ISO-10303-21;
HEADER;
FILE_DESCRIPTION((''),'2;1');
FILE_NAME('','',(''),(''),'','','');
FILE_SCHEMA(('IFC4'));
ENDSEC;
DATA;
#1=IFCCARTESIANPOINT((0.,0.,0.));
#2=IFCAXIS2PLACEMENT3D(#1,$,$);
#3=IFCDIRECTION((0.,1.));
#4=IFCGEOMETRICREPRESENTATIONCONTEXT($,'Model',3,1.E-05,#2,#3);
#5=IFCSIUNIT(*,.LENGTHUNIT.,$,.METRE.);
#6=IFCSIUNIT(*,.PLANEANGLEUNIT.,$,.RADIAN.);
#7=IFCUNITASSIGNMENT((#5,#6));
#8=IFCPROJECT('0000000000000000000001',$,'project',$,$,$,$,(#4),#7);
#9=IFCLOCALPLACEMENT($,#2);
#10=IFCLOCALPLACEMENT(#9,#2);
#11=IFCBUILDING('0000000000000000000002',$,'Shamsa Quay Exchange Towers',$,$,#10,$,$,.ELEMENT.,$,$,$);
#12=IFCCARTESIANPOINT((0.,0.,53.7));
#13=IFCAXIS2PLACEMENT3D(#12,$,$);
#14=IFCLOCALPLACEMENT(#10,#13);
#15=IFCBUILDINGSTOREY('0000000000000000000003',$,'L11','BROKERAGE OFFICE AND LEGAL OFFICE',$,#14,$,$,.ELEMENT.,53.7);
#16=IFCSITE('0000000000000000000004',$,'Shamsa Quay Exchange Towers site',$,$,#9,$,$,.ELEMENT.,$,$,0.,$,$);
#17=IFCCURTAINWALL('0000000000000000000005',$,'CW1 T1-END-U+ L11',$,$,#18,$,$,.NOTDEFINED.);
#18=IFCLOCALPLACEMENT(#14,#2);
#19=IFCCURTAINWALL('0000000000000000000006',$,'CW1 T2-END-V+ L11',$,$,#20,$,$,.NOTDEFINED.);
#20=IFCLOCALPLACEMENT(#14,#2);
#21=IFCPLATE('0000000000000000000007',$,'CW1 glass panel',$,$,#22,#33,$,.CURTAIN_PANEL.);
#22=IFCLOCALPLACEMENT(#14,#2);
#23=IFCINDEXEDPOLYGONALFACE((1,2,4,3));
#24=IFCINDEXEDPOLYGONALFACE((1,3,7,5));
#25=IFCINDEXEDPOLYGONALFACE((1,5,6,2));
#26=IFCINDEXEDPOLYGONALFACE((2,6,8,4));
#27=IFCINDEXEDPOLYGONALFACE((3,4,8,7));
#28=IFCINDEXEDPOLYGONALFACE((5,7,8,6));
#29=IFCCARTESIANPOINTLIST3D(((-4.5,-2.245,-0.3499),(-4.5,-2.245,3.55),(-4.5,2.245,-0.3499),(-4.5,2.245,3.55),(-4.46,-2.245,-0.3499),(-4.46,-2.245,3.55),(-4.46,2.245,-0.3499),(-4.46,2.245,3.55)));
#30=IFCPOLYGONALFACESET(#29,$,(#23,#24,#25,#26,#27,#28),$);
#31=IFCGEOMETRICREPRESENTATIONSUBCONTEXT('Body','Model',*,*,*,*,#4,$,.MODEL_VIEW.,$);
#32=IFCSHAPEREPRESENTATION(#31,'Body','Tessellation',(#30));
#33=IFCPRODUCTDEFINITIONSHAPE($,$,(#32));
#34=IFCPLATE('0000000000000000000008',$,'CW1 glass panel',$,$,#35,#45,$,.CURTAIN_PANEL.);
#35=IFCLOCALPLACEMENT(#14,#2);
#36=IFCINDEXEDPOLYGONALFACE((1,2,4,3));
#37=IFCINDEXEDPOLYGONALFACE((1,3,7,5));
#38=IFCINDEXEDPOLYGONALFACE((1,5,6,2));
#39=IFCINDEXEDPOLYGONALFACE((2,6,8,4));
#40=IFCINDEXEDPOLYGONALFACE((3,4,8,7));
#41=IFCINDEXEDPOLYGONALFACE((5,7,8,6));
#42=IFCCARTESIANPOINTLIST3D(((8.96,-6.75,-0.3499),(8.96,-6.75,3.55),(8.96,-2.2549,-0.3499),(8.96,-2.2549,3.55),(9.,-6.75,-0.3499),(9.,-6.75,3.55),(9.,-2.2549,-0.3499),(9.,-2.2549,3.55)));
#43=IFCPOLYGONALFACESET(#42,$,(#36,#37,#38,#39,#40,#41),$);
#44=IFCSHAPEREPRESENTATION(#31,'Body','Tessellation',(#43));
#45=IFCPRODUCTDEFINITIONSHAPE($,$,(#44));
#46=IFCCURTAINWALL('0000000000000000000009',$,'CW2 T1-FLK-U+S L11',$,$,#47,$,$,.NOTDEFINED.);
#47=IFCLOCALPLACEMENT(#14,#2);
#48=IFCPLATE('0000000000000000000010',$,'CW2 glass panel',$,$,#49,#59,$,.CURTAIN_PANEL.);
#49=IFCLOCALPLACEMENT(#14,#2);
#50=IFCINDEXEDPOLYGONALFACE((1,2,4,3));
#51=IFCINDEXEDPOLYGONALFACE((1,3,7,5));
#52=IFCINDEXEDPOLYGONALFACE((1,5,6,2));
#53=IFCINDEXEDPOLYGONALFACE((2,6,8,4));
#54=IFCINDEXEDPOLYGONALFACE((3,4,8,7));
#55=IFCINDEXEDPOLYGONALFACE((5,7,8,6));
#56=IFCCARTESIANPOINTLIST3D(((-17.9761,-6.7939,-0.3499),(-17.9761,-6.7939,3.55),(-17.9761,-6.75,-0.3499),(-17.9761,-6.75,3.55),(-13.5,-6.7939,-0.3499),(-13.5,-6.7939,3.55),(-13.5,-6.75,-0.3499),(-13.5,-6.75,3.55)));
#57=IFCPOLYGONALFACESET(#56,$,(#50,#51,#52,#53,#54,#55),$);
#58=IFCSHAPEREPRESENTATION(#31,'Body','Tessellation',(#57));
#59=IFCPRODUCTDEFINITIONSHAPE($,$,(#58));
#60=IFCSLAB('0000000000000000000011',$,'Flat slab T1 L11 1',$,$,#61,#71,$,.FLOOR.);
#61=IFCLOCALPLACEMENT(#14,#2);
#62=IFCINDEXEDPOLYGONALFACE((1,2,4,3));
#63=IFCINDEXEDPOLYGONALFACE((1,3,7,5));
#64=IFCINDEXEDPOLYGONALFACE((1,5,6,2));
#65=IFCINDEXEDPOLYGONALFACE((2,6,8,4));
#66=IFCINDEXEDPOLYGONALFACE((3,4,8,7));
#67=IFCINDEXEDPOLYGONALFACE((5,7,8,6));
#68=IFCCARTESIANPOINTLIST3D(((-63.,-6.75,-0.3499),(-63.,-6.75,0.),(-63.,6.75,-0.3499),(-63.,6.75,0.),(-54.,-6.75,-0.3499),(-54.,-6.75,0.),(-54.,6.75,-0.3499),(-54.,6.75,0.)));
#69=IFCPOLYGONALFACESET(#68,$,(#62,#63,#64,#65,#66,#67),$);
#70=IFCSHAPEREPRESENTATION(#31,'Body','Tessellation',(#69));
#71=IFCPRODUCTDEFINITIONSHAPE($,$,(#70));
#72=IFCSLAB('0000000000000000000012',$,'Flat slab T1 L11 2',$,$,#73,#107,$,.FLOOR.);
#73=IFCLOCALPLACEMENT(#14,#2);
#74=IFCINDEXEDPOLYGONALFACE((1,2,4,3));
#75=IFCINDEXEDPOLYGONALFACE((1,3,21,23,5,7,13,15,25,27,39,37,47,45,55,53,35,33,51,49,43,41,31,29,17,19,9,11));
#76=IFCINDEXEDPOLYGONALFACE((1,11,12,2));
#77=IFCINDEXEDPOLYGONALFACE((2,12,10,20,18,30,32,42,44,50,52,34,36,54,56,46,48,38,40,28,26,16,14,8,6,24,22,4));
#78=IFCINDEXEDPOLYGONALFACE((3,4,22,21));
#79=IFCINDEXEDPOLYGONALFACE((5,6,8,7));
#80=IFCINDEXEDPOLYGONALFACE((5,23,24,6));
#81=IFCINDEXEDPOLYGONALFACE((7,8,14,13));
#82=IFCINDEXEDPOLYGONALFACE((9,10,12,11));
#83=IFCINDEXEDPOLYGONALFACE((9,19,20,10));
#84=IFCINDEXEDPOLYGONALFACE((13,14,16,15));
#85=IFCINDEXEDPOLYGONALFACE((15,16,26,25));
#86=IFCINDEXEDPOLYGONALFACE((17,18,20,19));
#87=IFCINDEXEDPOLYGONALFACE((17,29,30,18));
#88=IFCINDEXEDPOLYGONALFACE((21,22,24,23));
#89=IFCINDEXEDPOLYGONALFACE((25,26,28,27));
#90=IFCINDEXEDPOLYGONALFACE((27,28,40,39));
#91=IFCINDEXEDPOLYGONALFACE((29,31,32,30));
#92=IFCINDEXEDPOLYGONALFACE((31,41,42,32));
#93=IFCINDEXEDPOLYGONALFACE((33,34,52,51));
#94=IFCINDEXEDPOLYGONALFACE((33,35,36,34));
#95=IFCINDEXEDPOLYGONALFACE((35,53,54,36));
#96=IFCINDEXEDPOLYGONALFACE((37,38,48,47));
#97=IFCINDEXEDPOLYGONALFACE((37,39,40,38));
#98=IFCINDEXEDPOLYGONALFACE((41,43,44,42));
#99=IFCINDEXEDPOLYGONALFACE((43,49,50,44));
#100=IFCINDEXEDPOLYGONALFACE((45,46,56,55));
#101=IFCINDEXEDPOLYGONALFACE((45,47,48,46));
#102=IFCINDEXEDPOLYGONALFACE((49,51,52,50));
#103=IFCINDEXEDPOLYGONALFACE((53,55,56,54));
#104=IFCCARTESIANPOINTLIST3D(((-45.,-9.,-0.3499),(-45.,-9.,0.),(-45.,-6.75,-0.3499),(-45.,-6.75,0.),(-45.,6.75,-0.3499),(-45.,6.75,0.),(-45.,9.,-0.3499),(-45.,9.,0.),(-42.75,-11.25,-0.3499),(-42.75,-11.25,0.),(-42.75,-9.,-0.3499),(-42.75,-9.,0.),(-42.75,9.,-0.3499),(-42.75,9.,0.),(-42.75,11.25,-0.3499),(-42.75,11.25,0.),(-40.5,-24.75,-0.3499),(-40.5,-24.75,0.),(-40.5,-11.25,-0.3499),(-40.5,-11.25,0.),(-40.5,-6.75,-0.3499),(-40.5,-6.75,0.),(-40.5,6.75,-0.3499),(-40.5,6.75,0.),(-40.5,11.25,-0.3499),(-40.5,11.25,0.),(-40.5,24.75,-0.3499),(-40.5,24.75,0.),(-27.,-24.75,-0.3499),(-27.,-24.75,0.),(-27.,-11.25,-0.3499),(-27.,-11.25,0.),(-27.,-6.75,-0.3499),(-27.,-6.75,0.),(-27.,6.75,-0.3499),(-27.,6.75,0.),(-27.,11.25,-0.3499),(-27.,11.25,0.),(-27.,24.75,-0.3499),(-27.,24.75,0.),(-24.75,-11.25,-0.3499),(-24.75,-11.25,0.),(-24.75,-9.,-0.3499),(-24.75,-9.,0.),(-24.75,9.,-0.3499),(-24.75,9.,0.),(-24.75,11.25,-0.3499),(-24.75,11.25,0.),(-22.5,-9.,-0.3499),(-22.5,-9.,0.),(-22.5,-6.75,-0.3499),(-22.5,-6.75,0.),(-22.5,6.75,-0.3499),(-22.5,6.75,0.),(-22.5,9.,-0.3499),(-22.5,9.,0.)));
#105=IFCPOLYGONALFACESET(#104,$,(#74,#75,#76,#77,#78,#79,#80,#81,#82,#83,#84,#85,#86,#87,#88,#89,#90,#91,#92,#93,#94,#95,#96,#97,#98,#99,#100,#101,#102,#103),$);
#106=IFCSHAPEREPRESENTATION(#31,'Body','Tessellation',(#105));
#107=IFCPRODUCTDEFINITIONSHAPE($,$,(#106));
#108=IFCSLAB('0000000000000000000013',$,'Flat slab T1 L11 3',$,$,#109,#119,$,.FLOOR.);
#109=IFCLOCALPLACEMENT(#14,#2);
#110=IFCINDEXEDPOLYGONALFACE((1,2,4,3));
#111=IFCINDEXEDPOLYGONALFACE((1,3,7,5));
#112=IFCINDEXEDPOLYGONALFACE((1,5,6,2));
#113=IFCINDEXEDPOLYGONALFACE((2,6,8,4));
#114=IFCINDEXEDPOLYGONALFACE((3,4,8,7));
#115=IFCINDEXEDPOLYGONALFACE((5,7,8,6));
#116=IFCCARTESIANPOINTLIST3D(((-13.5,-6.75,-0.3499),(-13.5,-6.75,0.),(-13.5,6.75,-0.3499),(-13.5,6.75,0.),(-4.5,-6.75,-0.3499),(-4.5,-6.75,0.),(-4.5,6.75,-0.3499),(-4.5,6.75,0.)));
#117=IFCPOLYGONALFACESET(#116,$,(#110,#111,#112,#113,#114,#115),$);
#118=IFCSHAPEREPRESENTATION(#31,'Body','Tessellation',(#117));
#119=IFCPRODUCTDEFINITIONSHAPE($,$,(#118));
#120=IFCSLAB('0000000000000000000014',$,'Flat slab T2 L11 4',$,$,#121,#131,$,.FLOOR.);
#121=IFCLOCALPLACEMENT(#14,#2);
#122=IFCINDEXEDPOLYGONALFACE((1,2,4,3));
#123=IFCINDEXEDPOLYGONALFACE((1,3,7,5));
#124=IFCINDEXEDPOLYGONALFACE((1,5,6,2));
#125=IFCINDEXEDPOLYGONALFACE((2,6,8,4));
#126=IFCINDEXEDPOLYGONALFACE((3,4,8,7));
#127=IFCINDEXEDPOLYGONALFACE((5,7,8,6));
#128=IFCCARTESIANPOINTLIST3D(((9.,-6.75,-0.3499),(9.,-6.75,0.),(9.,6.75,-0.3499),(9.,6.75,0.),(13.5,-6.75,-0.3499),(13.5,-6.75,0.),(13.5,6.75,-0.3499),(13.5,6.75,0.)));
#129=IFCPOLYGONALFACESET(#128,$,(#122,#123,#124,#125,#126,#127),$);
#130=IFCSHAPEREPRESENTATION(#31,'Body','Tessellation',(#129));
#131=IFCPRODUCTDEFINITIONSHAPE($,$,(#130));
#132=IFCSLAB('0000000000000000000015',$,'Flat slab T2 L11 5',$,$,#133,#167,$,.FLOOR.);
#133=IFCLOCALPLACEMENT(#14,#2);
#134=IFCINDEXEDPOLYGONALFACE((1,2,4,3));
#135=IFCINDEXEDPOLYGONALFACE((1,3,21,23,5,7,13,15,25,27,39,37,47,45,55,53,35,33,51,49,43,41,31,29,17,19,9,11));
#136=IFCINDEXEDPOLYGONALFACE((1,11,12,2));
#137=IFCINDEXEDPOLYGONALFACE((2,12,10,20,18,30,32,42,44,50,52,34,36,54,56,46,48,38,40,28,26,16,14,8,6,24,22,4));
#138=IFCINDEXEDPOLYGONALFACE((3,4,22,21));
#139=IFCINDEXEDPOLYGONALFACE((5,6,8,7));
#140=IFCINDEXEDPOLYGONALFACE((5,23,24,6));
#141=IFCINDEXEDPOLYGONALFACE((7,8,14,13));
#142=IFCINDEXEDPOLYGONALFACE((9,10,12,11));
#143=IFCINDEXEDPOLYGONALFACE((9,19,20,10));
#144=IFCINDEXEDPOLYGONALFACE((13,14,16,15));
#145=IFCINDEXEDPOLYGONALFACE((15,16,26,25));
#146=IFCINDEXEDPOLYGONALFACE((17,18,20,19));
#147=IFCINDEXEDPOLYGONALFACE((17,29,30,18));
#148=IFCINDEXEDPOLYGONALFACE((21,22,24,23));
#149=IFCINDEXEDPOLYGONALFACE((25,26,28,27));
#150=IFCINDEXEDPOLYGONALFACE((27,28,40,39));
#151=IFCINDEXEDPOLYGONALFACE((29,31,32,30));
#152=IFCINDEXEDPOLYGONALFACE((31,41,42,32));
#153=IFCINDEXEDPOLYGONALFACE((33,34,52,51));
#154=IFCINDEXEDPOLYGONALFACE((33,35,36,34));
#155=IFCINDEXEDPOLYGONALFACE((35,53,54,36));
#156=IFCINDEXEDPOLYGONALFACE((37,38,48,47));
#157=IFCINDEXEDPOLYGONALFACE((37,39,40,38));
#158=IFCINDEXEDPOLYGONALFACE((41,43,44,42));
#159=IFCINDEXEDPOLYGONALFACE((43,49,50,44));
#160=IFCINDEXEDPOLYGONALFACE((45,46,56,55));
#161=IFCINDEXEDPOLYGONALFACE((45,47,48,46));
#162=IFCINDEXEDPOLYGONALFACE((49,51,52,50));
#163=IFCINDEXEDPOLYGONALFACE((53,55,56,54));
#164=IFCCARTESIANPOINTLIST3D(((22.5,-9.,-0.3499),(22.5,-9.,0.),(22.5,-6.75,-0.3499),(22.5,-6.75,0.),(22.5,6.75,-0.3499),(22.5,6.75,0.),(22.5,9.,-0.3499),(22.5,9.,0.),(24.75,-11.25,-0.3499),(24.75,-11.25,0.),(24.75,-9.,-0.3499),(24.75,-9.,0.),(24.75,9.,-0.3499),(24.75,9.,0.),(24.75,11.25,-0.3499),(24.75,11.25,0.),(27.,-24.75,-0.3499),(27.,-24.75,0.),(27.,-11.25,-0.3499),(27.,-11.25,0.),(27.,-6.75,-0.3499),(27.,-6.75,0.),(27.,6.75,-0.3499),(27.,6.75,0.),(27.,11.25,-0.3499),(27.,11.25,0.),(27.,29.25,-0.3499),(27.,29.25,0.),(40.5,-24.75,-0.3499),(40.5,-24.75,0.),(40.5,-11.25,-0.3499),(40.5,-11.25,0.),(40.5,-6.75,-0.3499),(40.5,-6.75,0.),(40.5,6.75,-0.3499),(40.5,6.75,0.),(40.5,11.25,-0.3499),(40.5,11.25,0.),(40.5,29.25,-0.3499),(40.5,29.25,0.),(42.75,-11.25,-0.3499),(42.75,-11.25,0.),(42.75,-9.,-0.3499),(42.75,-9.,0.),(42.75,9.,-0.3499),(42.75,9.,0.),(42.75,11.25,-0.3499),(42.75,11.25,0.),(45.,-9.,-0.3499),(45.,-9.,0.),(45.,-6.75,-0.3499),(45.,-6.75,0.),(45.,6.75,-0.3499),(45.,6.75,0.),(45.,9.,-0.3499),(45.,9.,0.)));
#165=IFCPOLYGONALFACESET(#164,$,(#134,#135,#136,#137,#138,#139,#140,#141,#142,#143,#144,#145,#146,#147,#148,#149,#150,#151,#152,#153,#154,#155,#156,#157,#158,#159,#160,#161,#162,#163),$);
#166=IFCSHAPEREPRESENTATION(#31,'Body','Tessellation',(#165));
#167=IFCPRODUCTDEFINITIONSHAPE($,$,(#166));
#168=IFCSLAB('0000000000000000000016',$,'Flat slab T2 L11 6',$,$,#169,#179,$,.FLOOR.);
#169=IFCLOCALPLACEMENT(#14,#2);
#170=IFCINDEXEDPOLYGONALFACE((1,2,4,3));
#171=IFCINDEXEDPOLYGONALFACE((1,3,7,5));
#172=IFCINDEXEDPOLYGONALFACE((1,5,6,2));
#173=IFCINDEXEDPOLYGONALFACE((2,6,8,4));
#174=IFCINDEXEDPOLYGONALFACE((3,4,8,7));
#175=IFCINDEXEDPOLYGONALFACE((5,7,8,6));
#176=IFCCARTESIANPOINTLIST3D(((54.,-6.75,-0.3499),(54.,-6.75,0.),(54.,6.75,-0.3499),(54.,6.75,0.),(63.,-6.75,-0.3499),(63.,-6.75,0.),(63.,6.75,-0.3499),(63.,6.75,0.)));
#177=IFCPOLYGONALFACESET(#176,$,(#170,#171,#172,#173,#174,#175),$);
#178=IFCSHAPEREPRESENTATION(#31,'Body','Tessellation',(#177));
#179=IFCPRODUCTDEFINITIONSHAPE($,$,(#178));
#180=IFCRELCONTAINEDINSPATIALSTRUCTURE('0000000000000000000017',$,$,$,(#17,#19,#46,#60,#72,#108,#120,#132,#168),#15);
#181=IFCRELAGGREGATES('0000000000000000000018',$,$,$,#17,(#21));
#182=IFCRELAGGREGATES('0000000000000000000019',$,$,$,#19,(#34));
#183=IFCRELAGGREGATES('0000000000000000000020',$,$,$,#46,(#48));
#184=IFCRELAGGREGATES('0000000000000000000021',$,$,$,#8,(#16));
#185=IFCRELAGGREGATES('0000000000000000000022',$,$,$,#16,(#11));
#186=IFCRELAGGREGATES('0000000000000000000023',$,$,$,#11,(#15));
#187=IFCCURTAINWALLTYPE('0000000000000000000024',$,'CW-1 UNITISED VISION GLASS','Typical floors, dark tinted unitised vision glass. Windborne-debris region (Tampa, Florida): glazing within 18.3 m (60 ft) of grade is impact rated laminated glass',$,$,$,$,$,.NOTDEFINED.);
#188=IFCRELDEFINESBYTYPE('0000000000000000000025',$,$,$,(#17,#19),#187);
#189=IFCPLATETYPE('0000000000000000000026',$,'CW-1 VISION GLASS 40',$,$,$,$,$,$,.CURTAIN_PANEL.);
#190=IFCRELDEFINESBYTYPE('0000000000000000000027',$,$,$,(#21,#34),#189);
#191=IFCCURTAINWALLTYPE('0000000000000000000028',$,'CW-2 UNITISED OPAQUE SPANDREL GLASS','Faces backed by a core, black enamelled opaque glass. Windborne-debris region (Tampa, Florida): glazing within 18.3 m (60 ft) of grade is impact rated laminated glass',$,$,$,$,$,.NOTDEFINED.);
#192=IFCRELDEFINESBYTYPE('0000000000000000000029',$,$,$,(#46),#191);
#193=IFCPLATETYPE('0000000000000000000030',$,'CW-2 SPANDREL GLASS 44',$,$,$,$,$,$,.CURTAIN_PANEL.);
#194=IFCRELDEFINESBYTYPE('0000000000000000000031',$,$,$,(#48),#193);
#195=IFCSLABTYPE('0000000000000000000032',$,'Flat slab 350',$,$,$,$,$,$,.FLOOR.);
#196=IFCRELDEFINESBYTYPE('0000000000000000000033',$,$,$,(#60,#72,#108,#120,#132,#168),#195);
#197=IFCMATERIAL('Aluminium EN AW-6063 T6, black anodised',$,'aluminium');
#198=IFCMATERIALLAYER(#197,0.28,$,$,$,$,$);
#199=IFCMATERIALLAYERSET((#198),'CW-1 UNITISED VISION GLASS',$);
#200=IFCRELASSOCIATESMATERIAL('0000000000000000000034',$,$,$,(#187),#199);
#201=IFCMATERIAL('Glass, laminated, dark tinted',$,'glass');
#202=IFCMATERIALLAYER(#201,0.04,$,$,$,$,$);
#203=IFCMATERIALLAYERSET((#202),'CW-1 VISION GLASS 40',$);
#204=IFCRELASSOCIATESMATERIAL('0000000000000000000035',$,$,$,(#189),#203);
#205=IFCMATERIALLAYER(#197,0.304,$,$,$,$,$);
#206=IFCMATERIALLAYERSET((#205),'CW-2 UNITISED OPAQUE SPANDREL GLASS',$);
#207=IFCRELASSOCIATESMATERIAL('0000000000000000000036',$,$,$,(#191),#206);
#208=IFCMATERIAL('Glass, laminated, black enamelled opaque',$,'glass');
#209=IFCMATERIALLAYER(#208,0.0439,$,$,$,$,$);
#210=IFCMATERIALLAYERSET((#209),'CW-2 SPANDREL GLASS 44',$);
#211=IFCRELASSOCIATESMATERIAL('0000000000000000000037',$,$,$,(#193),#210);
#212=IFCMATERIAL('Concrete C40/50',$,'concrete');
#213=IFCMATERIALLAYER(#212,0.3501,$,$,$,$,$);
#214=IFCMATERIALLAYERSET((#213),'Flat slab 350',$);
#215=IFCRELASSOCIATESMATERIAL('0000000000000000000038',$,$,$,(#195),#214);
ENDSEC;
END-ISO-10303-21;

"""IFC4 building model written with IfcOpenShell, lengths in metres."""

from ifc_helpers import new_model, si_unit, direction, frame, origin, origin_2d, place, context, subcontext, project, spatial, polyline, rectangle, outline, extrude, material, layer, layer_set, type_object, element, aggregate, save


model = new_model("IFC4")

# Units and contexts
model_context = context("Model", 3, precision=1e-05, world=origin(), true_north=direction((0.0, 1.0)))
body_context = subcontext(model_context, "Body", "Model", "MODEL_VIEW")
ifc_project = project(units=[si_unit("LENGTHUNIT", "METRE"), si_unit("PLANEANGLEUNIT", "RADIAN")], contexts=[model_context])

# Site, building, storey
site_placement = place(None, origin())
site = spatial("IfcSite", under=ifc_project, at=site_placement, Name="Shamsa Quay Exchange Towers site", CompositionType="ELEMENT", RefElevation=0.0)
building_placement = place(site_placement, origin())
building = spatial("IfcBuilding", under=site, at=building_placement, Name="Shamsa Quay Exchange Towers", CompositionType="ELEMENT")
storey_placement = place(building_placement, frame((0.0, 0.0, 53.7)))
storey = spatial("IfcBuildingStorey", under=building, at=storey_placement, Name="L11", Description="BROKERAGE OFFICE AND LEGAL OFFICE", CompositionType="ELEMENT", Elevation=53.7)

# Curtain walls
ifc_material_1 = material(Name="Aluminium EN AW-6063 T6, black anodised", Category="aluminium")
ifc_layer_1 = layer(ifc_material_1, 0.28)
ifc_layer_set_1 = layer_set([ifc_layer_1], Name="CW-1 UNITISED VISION GLASS")
curtain_wall_type_1 = type_object("IfcCurtainWallType", Name="CW-1 UNITISED VISION GLASS", Description="Typical floors, dark tinted unitised vision glass. Windborne-debris region (Tampa, Florida): glazing within 18.3 m (60 ft) of grade is impact rated laminated glass", PredefinedType="NOTDEFINED", material=ifc_layer_set_1)
curtain_wall_1_placement = place(storey_placement, origin())
curtain_wall_1 = element("IfcCurtainWall", 1, at=curtain_wall_1_placement, inside=storey, type_object=curtain_wall_type_1, Name="CW1 T1-END-U+ L11", PredefinedType="NOTDEFINED")
curtain_wall_2_placement = place(storey_placement, origin())
curtain_wall_2 = element("IfcCurtainWall", 2, at=curtain_wall_2_placement, inside=storey, type_object=curtain_wall_type_1, Name="CW1 T2-END-V+ L11", PredefinedType="NOTDEFINED")

# Shared definitions
ifc_material_2 = material(Name="Glass, laminated, dark tinted", Category="glass")
ifc_layer_2 = layer(ifc_material_2, 0.04)
ifc_layer_set_2 = layer_set([ifc_layer_2], Name="CW-1 VISION GLASS 40")
plate_type_1 = type_object("IfcPlateType", Name="CW-1 VISION GLASS 40", PredefinedType="CURTAIN_PANEL", material=ifc_layer_set_2)

# Plates
plate_1_placement = place(storey_placement, frame((-4.48, 0.0, -0.3499), z_axis=(0.0, 0.0, 1.0), x_axis=(0.0, 1.0, 0.0)))
plate_1 = element("IfcPlate", 3, at=plate_1_placement, type_object=plate_type_1, Name="CW1 glass panel", PredefinedType="CURTAIN_PANEL", context=body_context, shape_type="SweptSolid", body=[
    extrude(rectangle(XDim=4.49, YDim=0.04, at=origin_2d()), origin(), (0.0, 0.0, 1.0), 3.8999),
])
aggregate(curtain_wall_1, [plate_1])
plate_2_placement = place(storey_placement, frame((8.98, -4.5024, -0.3499), z_axis=(0.0, 0.0, 1.0), x_axis=(0.0, -1.0, 0.0)))
plate_2 = element("IfcPlate", 4, at=plate_2_placement, type_object=plate_type_1, Name="CW1 glass panel", PredefinedType="CURTAIN_PANEL", context=body_context, shape_type="SweptSolid", body=[
    extrude(rectangle(XDim=4.4951, YDim=0.04, at=origin_2d()), origin(), (0.0, 0.0, 1.0), 3.8999),
])
aggregate(curtain_wall_2, [plate_2])

# Curtain wall, plate
ifc_layer_3 = layer(ifc_material_1, 0.304)
ifc_layer_set_3 = layer_set([ifc_layer_3], Name="CW-2 UNITISED OPAQUE SPANDREL GLASS")
curtain_wall_type_2 = type_object("IfcCurtainWallType", Name="CW-2 UNITISED OPAQUE SPANDREL GLASS", Description="Faces backed by a core, black enamelled opaque glass. Windborne-debris region (Tampa, Florida): glazing within 18.3 m (60 ft) of grade is impact rated laminated glass", PredefinedType="NOTDEFINED", material=ifc_layer_set_3)
curtain_wall_3_placement = place(storey_placement, origin())
curtain_wall_3 = element("IfcCurtainWall", 5, at=curtain_wall_3_placement, inside=storey, type_object=curtain_wall_type_2, Name="CW2 T1-FLK-U+S L11", PredefinedType="NOTDEFINED")
ifc_material_3 = material(Name="Glass, laminated, black enamelled opaque", Category="glass")
ifc_layer_4 = layer(ifc_material_3, 0.0439)
ifc_layer_set_4 = layer_set([ifc_layer_4], Name="CW-2 SPANDREL GLASS 44")
plate_type_2 = type_object("IfcPlateType", Name="CW-2 SPANDREL GLASS 44", PredefinedType="CURTAIN_PANEL", material=ifc_layer_set_4)
plate_3_placement = place(storey_placement, frame((-15.738, -6.772, -0.3499)))
plate_3 = element("IfcPlate", 6, at=plate_3_placement, type_object=plate_type_2, Name="CW2 glass panel", PredefinedType="CURTAIN_PANEL", context=body_context, shape_type="SweptSolid", body=[
    extrude(rectangle(XDim=4.4761, YDim=0.0439, at=origin_2d()), origin(), (0.0, 0.0, 1.0), 3.8999),
])
aggregate(curtain_wall_3, [plate_3])

# Slabs
ifc_material_4 = material(Name="Concrete C40/50", Category="concrete")
ifc_layer_5 = layer(ifc_material_4, 0.3501)
ifc_layer_set_5 = layer_set([ifc_layer_5], Name="Flat slab 350")
slab_type_1 = type_object("IfcSlabType", Name="Flat slab 350", PredefinedType="FLOOR", material=ifc_layer_set_5)
slab_1_placement = place(storey_placement, frame((0.0, 0.0, -0.3499)))
element("IfcSlab", 7, at=slab_1_placement, inside=storey, type_object=slab_type_1, Name="Flat slab T1 L11 1", PredefinedType="FLOOR", context=body_context, shape_type="SweptSolid", body=[
    extrude(outline(polyline([(-63.0, -6.75), (-54.0, -6.75), (-54.0, 6.75), (-63.0, 6.75), (-63.0, -6.75)])), origin(), (0.0, 0.0, 1.0), 0.3499),
])
slab_2_placement = place(storey_placement, frame((0.0, 0.0, -0.3499)))
element("IfcSlab", 8, at=slab_2_placement, inside=storey, type_object=slab_type_1, Name="Flat slab T1 L11 2", PredefinedType="FLOOR", context=body_context, shape_type="SweptSolid", body=[
    extrude(outline(polyline([(-22.5, -9.0), (-22.5, -6.75), (-27.0, -6.75), (-27.0, 6.75), (-22.5, 6.75), (-22.5, 9.0), (-24.75, 9.0), (-24.75, 11.25), (-27.0, 11.25), (-27.0, 24.75), (-40.5, 24.75), (-40.5, 11.25), (-42.75, 11.25), (-42.75, 9.0), (-45.0, 9.0), (-45.0, 6.75), (-40.5, 6.75), (-40.5, -6.75), (-45.0, -6.75), (-45.0, -9.0), (-42.75, -9.0), (-42.75, -11.25), (-40.5, -11.25), (-40.5, -24.75), (-27.0, -24.75), (-27.0, -11.25), (-24.75, -11.25), (-24.75, -9.0), (-22.5, -9.0)])), origin(), (0.0, 0.0, 1.0), 0.3499),
])
slab_3_placement = place(storey_placement, frame((0.0, 0.0, -0.3499)))
element("IfcSlab", 9, at=slab_3_placement, inside=storey, type_object=slab_type_1, Name="Flat slab T1 L11 3", PredefinedType="FLOOR", context=body_context, shape_type="SweptSolid", body=[
    extrude(outline(polyline([(-4.5, 6.75), (-13.5, 6.75), (-13.5, -6.75), (-4.5, -6.75), (-4.5, 6.75)])), origin(), (0.0, 0.0, 1.0), 0.3499),
])
slab_4_placement = place(storey_placement, frame((0.0, 0.0, -0.3499)))
element("IfcSlab", 10, at=slab_4_placement, inside=storey, type_object=slab_type_1, Name="Flat slab T2 L11 4", PredefinedType="FLOOR", context=body_context, shape_type="SweptSolid", body=[
    extrude(outline(polyline([(9.0, -6.75), (13.5, -6.75), (13.5, 6.75), (9.0, 6.75), (9.0, -6.75)])), origin(), (0.0, 0.0, 1.0), 0.3499),
])
slab_5_placement = place(storey_placement, frame((0.0, 0.0, -0.3499)))
element("IfcSlab", 11, at=slab_5_placement, inside=storey, type_object=slab_type_1, Name="Flat slab T2 L11 5", PredefinedType="FLOOR", context=body_context, shape_type="SweptSolid", body=[
    extrude(outline(polyline([(45.0, -9.0), (45.0, -6.75), (40.5, -6.75), (40.5, 6.75), (45.0, 6.75), (45.0, 9.0), (42.75, 9.0), (42.75, 11.25), (40.5, 11.25), (40.5, 29.25), (27.0, 29.25), (27.0, 11.25), (24.75, 11.25), (24.75, 9.0), (22.5, 9.0), (22.5, 6.75), (27.0, 6.75), (27.0, -6.75), (22.5, -6.75), (22.5, -9.0), (24.75, -9.0), (24.75, -11.25), (27.0, -11.25), (27.0, -24.75), (40.5, -24.75), (40.5, -11.25), (42.75, -11.25), (42.75, -9.0), (45.0, -9.0)])), origin(), (0.0, 0.0, 1.0), 0.3499),
])
slab_6_placement = place(storey_placement, frame((0.0, 0.0, -0.3499)))
element("IfcSlab", 12, at=slab_6_placement, inside=storey, type_object=slab_type_1, Name="Flat slab T2 L11 6", PredefinedType="FLOOR", context=body_context, shape_type="SweptSolid", body=[
    extrude(outline(polyline([(63.0, 6.75), (54.0, 6.75), (54.0, -6.75), (63.0, -6.75), (63.0, 6.75)])), origin(), (0.0, 0.0, 1.0), 0.3499),
])

save(model, "model.ifc")
